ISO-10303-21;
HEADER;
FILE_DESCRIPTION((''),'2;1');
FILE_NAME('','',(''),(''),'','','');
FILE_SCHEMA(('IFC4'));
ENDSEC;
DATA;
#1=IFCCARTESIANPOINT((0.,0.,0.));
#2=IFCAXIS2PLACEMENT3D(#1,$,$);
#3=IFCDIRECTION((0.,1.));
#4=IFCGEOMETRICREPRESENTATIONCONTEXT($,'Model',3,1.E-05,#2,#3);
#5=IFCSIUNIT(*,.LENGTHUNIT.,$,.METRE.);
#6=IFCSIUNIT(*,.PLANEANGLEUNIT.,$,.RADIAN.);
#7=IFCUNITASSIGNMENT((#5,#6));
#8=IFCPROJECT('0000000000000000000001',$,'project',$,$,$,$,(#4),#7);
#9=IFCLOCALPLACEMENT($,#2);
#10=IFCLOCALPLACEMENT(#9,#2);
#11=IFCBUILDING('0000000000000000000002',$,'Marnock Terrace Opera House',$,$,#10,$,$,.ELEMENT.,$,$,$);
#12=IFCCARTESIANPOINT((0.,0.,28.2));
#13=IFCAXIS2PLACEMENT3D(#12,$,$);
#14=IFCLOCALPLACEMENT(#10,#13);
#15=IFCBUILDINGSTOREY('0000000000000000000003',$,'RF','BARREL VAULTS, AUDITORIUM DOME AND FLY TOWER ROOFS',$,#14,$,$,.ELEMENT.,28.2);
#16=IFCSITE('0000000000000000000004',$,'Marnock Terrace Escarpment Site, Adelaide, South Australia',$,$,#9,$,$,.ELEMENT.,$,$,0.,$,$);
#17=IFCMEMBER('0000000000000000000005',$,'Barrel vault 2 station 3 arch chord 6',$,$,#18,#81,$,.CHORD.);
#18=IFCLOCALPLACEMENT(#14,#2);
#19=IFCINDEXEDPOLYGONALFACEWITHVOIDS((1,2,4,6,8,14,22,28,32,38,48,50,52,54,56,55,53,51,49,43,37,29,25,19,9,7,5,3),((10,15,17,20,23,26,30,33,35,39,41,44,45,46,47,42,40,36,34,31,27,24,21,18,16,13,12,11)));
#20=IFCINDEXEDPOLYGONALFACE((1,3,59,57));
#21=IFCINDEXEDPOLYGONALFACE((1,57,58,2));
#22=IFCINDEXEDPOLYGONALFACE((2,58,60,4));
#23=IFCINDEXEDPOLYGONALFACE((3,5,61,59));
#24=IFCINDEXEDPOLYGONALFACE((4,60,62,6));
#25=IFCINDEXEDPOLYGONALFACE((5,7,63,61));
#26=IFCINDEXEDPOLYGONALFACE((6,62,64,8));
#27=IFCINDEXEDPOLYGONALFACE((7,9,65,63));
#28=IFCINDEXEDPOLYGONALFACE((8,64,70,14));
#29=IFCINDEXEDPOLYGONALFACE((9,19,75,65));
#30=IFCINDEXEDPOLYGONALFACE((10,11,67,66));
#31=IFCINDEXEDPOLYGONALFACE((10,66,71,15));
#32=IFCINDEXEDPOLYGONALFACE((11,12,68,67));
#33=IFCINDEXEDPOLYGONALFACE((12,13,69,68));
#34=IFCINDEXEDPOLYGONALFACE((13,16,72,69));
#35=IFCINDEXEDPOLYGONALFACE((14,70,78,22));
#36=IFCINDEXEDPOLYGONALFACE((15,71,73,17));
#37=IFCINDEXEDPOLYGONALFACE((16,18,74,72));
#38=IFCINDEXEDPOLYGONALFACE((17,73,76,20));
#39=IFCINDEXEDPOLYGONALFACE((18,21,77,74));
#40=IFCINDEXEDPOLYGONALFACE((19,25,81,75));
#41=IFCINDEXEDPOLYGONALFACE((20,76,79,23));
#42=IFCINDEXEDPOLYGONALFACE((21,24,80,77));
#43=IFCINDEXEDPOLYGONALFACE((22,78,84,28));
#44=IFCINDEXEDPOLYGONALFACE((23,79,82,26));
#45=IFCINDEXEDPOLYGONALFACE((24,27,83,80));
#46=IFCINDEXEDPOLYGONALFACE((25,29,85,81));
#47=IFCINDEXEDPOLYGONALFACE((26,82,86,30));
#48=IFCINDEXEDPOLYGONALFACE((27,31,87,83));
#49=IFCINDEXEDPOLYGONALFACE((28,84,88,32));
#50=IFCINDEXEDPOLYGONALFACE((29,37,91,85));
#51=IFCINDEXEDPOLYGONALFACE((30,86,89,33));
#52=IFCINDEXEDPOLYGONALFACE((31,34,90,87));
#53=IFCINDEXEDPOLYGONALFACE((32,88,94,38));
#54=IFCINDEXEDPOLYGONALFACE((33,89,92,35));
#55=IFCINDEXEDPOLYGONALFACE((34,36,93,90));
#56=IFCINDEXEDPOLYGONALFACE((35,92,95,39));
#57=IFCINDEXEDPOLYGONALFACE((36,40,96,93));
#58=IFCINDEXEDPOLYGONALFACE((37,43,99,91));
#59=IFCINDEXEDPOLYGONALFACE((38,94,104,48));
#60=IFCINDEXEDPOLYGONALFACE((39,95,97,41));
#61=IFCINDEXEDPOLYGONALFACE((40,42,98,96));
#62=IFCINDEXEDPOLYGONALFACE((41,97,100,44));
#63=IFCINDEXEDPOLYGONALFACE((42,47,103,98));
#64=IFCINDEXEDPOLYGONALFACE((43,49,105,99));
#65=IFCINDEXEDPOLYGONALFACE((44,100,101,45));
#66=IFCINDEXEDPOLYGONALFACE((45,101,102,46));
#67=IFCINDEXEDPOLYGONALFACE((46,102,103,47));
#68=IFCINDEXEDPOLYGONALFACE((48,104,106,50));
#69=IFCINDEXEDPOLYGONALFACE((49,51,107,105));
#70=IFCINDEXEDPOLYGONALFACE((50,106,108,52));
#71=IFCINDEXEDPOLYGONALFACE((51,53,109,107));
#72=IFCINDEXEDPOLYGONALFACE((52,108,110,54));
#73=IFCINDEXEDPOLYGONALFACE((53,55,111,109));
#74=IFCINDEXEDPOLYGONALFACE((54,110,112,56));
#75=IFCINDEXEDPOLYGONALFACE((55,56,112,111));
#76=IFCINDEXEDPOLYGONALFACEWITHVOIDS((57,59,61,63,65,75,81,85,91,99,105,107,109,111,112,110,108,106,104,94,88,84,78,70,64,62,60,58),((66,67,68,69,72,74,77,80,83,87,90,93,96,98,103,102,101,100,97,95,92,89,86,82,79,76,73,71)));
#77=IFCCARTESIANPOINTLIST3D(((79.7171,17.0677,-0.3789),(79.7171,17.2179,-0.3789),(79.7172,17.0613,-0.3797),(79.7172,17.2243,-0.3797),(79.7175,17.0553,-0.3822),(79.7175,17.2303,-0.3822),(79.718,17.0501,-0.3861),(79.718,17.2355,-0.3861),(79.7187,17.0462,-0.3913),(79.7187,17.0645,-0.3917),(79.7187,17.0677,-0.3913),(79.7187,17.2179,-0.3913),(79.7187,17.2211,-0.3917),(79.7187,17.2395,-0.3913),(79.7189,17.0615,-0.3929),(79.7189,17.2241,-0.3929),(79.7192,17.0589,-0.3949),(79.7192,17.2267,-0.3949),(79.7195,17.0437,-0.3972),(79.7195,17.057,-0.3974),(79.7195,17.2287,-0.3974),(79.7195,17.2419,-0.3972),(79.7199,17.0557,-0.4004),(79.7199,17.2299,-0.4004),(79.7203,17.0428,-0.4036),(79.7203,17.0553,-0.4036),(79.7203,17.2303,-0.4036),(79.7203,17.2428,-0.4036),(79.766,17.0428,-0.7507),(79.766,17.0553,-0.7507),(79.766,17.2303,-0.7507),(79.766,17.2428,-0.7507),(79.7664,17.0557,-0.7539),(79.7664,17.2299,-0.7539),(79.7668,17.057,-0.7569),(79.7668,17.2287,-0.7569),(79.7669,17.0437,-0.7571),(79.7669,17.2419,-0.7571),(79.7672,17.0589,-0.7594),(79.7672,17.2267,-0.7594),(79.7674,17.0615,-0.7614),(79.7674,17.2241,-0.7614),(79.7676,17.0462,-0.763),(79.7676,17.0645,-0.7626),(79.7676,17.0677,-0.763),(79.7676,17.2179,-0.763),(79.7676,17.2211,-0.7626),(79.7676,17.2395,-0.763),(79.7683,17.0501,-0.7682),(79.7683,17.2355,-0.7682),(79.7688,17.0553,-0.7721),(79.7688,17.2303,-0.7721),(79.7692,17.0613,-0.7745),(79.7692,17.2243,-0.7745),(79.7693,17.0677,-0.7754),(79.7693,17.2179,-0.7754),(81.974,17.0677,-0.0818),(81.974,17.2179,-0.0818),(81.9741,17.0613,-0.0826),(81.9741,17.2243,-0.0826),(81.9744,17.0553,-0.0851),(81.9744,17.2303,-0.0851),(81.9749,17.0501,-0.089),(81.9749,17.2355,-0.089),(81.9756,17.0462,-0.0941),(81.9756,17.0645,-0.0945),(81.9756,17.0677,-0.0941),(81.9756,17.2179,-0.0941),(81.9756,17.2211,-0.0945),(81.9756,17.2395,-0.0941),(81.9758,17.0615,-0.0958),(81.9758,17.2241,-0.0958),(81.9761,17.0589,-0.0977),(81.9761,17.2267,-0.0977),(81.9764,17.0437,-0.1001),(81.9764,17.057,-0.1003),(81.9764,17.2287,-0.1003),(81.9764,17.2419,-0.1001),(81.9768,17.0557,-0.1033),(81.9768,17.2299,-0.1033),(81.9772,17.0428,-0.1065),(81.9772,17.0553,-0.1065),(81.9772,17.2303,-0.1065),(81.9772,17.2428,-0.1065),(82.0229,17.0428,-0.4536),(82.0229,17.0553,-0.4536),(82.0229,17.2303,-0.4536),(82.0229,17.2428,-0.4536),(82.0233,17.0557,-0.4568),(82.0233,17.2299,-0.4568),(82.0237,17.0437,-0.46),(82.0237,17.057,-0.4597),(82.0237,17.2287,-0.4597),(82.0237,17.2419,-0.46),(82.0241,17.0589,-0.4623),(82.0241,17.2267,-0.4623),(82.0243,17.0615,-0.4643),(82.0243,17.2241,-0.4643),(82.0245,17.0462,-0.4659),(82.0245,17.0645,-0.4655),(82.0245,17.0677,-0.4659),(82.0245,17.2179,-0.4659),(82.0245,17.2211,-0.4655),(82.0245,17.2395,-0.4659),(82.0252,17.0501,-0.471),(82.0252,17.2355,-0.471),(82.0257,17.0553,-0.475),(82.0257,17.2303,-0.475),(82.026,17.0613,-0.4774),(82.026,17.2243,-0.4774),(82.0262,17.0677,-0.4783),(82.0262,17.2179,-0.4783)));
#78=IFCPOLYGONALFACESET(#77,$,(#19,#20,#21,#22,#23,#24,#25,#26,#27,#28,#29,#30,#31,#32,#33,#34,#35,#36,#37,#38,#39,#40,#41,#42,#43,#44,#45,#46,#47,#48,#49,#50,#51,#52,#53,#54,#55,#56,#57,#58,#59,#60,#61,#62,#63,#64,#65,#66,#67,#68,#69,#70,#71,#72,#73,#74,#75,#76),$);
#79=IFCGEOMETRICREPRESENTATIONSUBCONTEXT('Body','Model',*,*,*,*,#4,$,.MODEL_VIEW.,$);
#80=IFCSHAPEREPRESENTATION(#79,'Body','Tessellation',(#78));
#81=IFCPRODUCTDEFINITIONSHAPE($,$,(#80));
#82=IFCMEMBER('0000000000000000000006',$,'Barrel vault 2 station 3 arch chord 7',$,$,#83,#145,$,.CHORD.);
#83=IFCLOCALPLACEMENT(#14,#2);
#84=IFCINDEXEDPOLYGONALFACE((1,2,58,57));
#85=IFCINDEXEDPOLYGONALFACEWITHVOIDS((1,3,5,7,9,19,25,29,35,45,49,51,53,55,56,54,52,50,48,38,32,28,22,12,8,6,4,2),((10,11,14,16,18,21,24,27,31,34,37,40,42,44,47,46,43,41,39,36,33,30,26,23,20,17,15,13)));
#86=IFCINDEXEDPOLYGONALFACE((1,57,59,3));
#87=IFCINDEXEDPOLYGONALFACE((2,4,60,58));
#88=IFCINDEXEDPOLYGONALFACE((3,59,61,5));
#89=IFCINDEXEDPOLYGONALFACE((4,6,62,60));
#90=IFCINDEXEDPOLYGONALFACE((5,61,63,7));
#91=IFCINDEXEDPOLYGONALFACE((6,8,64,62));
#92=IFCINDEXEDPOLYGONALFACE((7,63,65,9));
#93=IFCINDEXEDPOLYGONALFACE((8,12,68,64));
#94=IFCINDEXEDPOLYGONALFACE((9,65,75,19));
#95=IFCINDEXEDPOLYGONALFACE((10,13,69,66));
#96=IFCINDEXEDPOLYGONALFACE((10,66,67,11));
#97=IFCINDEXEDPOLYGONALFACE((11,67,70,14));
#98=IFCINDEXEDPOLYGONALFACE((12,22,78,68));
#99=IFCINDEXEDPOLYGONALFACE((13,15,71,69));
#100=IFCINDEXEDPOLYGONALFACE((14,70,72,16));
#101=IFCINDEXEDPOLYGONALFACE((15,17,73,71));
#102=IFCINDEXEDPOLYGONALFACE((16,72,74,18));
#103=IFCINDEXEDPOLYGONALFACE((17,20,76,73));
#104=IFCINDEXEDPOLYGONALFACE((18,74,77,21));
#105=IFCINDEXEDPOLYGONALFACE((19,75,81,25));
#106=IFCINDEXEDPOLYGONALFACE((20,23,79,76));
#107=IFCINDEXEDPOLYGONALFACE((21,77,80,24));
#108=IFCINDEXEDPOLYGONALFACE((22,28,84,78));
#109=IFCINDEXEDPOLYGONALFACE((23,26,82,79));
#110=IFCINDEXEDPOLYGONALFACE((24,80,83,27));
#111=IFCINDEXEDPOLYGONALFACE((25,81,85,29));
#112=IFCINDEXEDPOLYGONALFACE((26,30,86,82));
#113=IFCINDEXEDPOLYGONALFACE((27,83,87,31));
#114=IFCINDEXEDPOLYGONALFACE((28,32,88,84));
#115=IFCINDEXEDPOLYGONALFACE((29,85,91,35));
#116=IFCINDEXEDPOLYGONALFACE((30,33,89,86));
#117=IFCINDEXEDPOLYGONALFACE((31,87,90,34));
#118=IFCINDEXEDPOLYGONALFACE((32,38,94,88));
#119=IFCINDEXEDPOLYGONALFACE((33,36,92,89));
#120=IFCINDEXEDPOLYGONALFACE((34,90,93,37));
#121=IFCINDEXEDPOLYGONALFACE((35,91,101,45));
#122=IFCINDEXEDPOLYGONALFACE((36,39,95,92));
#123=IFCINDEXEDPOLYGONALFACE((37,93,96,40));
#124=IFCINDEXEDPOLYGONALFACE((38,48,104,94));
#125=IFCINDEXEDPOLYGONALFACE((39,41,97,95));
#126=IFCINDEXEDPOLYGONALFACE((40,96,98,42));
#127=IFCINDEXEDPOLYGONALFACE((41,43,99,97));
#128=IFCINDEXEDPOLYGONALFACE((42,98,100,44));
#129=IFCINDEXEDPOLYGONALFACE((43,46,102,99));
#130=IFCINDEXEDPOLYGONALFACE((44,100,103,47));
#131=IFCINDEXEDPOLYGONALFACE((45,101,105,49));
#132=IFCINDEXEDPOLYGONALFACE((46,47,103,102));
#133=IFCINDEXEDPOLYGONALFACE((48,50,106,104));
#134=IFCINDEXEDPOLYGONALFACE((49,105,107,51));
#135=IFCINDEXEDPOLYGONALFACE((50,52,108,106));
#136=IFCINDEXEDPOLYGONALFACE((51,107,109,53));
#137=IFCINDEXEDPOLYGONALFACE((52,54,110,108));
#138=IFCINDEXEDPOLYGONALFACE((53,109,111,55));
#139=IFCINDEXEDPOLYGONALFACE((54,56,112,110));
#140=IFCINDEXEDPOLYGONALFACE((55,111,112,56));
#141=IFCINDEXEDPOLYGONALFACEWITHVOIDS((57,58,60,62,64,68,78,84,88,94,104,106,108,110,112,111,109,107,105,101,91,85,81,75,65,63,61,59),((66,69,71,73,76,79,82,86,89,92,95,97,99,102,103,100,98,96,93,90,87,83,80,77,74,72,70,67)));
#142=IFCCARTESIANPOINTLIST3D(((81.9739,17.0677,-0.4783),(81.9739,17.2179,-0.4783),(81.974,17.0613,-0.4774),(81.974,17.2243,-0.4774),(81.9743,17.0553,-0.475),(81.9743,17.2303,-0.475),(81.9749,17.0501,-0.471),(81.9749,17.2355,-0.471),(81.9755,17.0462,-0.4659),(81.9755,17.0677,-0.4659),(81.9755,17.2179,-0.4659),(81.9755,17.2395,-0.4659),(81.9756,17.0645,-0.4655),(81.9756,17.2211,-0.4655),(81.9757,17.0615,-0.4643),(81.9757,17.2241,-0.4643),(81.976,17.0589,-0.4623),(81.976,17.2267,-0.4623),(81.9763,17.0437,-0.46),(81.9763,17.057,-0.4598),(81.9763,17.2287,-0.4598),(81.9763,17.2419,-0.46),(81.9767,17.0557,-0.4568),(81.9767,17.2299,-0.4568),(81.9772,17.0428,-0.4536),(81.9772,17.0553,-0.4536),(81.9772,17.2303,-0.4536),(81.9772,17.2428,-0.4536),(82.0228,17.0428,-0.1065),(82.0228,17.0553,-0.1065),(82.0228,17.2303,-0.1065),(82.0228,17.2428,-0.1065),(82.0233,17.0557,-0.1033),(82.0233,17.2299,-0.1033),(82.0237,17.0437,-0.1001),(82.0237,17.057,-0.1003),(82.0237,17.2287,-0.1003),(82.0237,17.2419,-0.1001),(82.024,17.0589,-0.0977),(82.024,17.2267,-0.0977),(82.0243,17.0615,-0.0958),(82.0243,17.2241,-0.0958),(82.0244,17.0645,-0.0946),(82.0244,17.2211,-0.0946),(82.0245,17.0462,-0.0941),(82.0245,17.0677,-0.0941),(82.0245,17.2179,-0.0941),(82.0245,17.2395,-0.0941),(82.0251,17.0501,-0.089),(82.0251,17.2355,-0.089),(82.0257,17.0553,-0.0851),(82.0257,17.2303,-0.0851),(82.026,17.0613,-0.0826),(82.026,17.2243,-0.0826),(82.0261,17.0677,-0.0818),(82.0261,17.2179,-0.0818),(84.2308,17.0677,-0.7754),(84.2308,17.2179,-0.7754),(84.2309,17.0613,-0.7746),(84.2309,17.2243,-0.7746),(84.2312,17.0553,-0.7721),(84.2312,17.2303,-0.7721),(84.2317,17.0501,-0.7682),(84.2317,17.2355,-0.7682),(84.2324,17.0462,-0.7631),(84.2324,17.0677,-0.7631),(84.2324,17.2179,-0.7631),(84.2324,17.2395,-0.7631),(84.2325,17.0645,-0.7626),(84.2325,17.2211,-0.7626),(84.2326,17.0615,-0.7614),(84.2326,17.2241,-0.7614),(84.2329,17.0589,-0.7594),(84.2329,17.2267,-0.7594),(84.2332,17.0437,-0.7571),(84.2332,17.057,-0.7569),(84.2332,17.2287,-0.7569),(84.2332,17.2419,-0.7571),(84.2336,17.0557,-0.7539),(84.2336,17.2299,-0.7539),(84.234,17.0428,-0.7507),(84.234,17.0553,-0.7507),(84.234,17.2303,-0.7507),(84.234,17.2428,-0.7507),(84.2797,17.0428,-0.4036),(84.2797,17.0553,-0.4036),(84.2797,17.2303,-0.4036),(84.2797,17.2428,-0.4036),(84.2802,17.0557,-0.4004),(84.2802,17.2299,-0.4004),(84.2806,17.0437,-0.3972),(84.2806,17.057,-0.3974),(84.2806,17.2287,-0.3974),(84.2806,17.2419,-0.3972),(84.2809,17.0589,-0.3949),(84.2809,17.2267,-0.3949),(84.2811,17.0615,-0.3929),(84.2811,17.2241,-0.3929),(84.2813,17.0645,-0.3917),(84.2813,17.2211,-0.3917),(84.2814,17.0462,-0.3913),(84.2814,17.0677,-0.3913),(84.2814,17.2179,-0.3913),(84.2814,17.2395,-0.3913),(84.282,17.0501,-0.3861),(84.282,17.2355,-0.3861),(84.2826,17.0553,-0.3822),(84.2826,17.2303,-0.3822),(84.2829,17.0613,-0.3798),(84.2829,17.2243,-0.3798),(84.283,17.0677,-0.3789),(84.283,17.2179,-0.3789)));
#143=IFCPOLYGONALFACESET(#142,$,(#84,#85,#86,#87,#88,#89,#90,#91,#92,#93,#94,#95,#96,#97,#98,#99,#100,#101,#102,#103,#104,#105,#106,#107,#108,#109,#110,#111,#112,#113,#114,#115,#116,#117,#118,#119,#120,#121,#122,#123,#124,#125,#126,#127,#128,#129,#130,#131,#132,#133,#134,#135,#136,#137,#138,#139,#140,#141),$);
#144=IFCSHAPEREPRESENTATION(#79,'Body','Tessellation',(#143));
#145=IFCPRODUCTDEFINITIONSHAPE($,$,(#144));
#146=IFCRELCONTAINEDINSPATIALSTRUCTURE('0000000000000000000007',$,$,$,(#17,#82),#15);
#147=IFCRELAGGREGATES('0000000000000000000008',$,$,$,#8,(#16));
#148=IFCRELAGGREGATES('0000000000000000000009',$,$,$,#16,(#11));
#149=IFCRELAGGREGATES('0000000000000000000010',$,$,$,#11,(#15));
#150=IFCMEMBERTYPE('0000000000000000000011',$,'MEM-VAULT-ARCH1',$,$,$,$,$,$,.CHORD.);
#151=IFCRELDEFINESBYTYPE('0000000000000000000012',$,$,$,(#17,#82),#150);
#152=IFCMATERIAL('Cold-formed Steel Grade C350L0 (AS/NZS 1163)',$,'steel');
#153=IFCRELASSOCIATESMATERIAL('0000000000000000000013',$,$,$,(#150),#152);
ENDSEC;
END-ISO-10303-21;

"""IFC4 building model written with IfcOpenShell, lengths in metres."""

from ifc_helpers import new_model, si_unit, direction, frame, origin, origin_2d, place, context, subcontext, project, spatial, hollow_rectangle, extrude, material, material_profile, profile_set, type_object, element, save


model = new_model("IFC4")

# Units and contexts
model_context = context("Model", 3, precision=1e-05, world=origin(), true_north=direction((0.0, 1.0)))
body_context = subcontext(model_context, "Body", "Model", "MODEL_VIEW")
ifc_project = project(units=[si_unit("LENGTHUNIT", "METRE"), si_unit("PLANEANGLEUNIT", "RADIAN")], contexts=[model_context])

# Site, building, storey
site_placement = place(None, origin())
site = spatial("IfcSite", under=ifc_project, at=site_placement, Name="Marnock Terrace Escarpment Site, Adelaide, South Australia", CompositionType="ELEMENT", RefElevation=0.0)
building_placement = place(site_placement, origin())
building = spatial("IfcBuilding", under=site, at=building_placement, Name="Marnock Terrace Opera House", CompositionType="ELEMENT")
storey_placement = place(building_placement, frame((0.0, 0.0, 28.2)))
storey = spatial("IfcBuildingStorey", under=building, at=storey_placement, Name="RF", Description="BARREL VAULTS, AUDITORIUM DOME AND FLY TOWER ROOFS", CompositionType="ELEMENT", Elevation=28.2)

# Members
ifc_material = material(Name="Cold-formed Steel Grade C350L0 (AS/NZS 1163)", Category="steel")
ifc_material_profile_1 = material_profile(ifc_material, hollow_rectangle(XDim=0.2, YDim=0.3999, WallThickness=0.0125, InnerFilletRadius=0.0125, OuterFilletRadius=0.0249, at=origin_2d()))
ifc_profile_set_1 = profile_set([ifc_material_profile_1], Name="Cold-formed Steel Grade C350L0 (AS/NZS 1163)")
member_type_1 = type_object("IfcMemberType", Name="MEM-VAULT-ARCH1", PredefinedType="CHORD", material=ifc_profile_set_1)
for number, where, z_axis, x_axis, name in (
    (1, (79.7432, 17.1428, -0.5771), (0.991445, 0.0, 0.130527), (0.0, 1.0, 0.0), "Barrel vault 2 station 3 arch chord 6"),
    (2, (82.0, 17.1428, -0.28), (0.991445, 0.0, -0.130527), (0.0, 1.0, 0.0), "Barrel vault 2 station 3 arch chord 7"),
):
    element("IfcMember", number, at=place(storey_placement, frame(where, z_axis=z_axis, x_axis=x_axis)), inside=storey, type_object=member_type_1, Name=name, PredefinedType="CHORD", context=body_context, shape_type="SweptSolid", body=[
        extrude(hollow_rectangle(XDim=0.2, YDim=0.3999, WallThickness=0.0125, InnerFilletRadius=0.0125, OuterFilletRadius=0.0249, at=origin_2d()), origin(), (0.0, 0.0, 1.0), 2.2764),
    ])

save(model, "model.ifc")
